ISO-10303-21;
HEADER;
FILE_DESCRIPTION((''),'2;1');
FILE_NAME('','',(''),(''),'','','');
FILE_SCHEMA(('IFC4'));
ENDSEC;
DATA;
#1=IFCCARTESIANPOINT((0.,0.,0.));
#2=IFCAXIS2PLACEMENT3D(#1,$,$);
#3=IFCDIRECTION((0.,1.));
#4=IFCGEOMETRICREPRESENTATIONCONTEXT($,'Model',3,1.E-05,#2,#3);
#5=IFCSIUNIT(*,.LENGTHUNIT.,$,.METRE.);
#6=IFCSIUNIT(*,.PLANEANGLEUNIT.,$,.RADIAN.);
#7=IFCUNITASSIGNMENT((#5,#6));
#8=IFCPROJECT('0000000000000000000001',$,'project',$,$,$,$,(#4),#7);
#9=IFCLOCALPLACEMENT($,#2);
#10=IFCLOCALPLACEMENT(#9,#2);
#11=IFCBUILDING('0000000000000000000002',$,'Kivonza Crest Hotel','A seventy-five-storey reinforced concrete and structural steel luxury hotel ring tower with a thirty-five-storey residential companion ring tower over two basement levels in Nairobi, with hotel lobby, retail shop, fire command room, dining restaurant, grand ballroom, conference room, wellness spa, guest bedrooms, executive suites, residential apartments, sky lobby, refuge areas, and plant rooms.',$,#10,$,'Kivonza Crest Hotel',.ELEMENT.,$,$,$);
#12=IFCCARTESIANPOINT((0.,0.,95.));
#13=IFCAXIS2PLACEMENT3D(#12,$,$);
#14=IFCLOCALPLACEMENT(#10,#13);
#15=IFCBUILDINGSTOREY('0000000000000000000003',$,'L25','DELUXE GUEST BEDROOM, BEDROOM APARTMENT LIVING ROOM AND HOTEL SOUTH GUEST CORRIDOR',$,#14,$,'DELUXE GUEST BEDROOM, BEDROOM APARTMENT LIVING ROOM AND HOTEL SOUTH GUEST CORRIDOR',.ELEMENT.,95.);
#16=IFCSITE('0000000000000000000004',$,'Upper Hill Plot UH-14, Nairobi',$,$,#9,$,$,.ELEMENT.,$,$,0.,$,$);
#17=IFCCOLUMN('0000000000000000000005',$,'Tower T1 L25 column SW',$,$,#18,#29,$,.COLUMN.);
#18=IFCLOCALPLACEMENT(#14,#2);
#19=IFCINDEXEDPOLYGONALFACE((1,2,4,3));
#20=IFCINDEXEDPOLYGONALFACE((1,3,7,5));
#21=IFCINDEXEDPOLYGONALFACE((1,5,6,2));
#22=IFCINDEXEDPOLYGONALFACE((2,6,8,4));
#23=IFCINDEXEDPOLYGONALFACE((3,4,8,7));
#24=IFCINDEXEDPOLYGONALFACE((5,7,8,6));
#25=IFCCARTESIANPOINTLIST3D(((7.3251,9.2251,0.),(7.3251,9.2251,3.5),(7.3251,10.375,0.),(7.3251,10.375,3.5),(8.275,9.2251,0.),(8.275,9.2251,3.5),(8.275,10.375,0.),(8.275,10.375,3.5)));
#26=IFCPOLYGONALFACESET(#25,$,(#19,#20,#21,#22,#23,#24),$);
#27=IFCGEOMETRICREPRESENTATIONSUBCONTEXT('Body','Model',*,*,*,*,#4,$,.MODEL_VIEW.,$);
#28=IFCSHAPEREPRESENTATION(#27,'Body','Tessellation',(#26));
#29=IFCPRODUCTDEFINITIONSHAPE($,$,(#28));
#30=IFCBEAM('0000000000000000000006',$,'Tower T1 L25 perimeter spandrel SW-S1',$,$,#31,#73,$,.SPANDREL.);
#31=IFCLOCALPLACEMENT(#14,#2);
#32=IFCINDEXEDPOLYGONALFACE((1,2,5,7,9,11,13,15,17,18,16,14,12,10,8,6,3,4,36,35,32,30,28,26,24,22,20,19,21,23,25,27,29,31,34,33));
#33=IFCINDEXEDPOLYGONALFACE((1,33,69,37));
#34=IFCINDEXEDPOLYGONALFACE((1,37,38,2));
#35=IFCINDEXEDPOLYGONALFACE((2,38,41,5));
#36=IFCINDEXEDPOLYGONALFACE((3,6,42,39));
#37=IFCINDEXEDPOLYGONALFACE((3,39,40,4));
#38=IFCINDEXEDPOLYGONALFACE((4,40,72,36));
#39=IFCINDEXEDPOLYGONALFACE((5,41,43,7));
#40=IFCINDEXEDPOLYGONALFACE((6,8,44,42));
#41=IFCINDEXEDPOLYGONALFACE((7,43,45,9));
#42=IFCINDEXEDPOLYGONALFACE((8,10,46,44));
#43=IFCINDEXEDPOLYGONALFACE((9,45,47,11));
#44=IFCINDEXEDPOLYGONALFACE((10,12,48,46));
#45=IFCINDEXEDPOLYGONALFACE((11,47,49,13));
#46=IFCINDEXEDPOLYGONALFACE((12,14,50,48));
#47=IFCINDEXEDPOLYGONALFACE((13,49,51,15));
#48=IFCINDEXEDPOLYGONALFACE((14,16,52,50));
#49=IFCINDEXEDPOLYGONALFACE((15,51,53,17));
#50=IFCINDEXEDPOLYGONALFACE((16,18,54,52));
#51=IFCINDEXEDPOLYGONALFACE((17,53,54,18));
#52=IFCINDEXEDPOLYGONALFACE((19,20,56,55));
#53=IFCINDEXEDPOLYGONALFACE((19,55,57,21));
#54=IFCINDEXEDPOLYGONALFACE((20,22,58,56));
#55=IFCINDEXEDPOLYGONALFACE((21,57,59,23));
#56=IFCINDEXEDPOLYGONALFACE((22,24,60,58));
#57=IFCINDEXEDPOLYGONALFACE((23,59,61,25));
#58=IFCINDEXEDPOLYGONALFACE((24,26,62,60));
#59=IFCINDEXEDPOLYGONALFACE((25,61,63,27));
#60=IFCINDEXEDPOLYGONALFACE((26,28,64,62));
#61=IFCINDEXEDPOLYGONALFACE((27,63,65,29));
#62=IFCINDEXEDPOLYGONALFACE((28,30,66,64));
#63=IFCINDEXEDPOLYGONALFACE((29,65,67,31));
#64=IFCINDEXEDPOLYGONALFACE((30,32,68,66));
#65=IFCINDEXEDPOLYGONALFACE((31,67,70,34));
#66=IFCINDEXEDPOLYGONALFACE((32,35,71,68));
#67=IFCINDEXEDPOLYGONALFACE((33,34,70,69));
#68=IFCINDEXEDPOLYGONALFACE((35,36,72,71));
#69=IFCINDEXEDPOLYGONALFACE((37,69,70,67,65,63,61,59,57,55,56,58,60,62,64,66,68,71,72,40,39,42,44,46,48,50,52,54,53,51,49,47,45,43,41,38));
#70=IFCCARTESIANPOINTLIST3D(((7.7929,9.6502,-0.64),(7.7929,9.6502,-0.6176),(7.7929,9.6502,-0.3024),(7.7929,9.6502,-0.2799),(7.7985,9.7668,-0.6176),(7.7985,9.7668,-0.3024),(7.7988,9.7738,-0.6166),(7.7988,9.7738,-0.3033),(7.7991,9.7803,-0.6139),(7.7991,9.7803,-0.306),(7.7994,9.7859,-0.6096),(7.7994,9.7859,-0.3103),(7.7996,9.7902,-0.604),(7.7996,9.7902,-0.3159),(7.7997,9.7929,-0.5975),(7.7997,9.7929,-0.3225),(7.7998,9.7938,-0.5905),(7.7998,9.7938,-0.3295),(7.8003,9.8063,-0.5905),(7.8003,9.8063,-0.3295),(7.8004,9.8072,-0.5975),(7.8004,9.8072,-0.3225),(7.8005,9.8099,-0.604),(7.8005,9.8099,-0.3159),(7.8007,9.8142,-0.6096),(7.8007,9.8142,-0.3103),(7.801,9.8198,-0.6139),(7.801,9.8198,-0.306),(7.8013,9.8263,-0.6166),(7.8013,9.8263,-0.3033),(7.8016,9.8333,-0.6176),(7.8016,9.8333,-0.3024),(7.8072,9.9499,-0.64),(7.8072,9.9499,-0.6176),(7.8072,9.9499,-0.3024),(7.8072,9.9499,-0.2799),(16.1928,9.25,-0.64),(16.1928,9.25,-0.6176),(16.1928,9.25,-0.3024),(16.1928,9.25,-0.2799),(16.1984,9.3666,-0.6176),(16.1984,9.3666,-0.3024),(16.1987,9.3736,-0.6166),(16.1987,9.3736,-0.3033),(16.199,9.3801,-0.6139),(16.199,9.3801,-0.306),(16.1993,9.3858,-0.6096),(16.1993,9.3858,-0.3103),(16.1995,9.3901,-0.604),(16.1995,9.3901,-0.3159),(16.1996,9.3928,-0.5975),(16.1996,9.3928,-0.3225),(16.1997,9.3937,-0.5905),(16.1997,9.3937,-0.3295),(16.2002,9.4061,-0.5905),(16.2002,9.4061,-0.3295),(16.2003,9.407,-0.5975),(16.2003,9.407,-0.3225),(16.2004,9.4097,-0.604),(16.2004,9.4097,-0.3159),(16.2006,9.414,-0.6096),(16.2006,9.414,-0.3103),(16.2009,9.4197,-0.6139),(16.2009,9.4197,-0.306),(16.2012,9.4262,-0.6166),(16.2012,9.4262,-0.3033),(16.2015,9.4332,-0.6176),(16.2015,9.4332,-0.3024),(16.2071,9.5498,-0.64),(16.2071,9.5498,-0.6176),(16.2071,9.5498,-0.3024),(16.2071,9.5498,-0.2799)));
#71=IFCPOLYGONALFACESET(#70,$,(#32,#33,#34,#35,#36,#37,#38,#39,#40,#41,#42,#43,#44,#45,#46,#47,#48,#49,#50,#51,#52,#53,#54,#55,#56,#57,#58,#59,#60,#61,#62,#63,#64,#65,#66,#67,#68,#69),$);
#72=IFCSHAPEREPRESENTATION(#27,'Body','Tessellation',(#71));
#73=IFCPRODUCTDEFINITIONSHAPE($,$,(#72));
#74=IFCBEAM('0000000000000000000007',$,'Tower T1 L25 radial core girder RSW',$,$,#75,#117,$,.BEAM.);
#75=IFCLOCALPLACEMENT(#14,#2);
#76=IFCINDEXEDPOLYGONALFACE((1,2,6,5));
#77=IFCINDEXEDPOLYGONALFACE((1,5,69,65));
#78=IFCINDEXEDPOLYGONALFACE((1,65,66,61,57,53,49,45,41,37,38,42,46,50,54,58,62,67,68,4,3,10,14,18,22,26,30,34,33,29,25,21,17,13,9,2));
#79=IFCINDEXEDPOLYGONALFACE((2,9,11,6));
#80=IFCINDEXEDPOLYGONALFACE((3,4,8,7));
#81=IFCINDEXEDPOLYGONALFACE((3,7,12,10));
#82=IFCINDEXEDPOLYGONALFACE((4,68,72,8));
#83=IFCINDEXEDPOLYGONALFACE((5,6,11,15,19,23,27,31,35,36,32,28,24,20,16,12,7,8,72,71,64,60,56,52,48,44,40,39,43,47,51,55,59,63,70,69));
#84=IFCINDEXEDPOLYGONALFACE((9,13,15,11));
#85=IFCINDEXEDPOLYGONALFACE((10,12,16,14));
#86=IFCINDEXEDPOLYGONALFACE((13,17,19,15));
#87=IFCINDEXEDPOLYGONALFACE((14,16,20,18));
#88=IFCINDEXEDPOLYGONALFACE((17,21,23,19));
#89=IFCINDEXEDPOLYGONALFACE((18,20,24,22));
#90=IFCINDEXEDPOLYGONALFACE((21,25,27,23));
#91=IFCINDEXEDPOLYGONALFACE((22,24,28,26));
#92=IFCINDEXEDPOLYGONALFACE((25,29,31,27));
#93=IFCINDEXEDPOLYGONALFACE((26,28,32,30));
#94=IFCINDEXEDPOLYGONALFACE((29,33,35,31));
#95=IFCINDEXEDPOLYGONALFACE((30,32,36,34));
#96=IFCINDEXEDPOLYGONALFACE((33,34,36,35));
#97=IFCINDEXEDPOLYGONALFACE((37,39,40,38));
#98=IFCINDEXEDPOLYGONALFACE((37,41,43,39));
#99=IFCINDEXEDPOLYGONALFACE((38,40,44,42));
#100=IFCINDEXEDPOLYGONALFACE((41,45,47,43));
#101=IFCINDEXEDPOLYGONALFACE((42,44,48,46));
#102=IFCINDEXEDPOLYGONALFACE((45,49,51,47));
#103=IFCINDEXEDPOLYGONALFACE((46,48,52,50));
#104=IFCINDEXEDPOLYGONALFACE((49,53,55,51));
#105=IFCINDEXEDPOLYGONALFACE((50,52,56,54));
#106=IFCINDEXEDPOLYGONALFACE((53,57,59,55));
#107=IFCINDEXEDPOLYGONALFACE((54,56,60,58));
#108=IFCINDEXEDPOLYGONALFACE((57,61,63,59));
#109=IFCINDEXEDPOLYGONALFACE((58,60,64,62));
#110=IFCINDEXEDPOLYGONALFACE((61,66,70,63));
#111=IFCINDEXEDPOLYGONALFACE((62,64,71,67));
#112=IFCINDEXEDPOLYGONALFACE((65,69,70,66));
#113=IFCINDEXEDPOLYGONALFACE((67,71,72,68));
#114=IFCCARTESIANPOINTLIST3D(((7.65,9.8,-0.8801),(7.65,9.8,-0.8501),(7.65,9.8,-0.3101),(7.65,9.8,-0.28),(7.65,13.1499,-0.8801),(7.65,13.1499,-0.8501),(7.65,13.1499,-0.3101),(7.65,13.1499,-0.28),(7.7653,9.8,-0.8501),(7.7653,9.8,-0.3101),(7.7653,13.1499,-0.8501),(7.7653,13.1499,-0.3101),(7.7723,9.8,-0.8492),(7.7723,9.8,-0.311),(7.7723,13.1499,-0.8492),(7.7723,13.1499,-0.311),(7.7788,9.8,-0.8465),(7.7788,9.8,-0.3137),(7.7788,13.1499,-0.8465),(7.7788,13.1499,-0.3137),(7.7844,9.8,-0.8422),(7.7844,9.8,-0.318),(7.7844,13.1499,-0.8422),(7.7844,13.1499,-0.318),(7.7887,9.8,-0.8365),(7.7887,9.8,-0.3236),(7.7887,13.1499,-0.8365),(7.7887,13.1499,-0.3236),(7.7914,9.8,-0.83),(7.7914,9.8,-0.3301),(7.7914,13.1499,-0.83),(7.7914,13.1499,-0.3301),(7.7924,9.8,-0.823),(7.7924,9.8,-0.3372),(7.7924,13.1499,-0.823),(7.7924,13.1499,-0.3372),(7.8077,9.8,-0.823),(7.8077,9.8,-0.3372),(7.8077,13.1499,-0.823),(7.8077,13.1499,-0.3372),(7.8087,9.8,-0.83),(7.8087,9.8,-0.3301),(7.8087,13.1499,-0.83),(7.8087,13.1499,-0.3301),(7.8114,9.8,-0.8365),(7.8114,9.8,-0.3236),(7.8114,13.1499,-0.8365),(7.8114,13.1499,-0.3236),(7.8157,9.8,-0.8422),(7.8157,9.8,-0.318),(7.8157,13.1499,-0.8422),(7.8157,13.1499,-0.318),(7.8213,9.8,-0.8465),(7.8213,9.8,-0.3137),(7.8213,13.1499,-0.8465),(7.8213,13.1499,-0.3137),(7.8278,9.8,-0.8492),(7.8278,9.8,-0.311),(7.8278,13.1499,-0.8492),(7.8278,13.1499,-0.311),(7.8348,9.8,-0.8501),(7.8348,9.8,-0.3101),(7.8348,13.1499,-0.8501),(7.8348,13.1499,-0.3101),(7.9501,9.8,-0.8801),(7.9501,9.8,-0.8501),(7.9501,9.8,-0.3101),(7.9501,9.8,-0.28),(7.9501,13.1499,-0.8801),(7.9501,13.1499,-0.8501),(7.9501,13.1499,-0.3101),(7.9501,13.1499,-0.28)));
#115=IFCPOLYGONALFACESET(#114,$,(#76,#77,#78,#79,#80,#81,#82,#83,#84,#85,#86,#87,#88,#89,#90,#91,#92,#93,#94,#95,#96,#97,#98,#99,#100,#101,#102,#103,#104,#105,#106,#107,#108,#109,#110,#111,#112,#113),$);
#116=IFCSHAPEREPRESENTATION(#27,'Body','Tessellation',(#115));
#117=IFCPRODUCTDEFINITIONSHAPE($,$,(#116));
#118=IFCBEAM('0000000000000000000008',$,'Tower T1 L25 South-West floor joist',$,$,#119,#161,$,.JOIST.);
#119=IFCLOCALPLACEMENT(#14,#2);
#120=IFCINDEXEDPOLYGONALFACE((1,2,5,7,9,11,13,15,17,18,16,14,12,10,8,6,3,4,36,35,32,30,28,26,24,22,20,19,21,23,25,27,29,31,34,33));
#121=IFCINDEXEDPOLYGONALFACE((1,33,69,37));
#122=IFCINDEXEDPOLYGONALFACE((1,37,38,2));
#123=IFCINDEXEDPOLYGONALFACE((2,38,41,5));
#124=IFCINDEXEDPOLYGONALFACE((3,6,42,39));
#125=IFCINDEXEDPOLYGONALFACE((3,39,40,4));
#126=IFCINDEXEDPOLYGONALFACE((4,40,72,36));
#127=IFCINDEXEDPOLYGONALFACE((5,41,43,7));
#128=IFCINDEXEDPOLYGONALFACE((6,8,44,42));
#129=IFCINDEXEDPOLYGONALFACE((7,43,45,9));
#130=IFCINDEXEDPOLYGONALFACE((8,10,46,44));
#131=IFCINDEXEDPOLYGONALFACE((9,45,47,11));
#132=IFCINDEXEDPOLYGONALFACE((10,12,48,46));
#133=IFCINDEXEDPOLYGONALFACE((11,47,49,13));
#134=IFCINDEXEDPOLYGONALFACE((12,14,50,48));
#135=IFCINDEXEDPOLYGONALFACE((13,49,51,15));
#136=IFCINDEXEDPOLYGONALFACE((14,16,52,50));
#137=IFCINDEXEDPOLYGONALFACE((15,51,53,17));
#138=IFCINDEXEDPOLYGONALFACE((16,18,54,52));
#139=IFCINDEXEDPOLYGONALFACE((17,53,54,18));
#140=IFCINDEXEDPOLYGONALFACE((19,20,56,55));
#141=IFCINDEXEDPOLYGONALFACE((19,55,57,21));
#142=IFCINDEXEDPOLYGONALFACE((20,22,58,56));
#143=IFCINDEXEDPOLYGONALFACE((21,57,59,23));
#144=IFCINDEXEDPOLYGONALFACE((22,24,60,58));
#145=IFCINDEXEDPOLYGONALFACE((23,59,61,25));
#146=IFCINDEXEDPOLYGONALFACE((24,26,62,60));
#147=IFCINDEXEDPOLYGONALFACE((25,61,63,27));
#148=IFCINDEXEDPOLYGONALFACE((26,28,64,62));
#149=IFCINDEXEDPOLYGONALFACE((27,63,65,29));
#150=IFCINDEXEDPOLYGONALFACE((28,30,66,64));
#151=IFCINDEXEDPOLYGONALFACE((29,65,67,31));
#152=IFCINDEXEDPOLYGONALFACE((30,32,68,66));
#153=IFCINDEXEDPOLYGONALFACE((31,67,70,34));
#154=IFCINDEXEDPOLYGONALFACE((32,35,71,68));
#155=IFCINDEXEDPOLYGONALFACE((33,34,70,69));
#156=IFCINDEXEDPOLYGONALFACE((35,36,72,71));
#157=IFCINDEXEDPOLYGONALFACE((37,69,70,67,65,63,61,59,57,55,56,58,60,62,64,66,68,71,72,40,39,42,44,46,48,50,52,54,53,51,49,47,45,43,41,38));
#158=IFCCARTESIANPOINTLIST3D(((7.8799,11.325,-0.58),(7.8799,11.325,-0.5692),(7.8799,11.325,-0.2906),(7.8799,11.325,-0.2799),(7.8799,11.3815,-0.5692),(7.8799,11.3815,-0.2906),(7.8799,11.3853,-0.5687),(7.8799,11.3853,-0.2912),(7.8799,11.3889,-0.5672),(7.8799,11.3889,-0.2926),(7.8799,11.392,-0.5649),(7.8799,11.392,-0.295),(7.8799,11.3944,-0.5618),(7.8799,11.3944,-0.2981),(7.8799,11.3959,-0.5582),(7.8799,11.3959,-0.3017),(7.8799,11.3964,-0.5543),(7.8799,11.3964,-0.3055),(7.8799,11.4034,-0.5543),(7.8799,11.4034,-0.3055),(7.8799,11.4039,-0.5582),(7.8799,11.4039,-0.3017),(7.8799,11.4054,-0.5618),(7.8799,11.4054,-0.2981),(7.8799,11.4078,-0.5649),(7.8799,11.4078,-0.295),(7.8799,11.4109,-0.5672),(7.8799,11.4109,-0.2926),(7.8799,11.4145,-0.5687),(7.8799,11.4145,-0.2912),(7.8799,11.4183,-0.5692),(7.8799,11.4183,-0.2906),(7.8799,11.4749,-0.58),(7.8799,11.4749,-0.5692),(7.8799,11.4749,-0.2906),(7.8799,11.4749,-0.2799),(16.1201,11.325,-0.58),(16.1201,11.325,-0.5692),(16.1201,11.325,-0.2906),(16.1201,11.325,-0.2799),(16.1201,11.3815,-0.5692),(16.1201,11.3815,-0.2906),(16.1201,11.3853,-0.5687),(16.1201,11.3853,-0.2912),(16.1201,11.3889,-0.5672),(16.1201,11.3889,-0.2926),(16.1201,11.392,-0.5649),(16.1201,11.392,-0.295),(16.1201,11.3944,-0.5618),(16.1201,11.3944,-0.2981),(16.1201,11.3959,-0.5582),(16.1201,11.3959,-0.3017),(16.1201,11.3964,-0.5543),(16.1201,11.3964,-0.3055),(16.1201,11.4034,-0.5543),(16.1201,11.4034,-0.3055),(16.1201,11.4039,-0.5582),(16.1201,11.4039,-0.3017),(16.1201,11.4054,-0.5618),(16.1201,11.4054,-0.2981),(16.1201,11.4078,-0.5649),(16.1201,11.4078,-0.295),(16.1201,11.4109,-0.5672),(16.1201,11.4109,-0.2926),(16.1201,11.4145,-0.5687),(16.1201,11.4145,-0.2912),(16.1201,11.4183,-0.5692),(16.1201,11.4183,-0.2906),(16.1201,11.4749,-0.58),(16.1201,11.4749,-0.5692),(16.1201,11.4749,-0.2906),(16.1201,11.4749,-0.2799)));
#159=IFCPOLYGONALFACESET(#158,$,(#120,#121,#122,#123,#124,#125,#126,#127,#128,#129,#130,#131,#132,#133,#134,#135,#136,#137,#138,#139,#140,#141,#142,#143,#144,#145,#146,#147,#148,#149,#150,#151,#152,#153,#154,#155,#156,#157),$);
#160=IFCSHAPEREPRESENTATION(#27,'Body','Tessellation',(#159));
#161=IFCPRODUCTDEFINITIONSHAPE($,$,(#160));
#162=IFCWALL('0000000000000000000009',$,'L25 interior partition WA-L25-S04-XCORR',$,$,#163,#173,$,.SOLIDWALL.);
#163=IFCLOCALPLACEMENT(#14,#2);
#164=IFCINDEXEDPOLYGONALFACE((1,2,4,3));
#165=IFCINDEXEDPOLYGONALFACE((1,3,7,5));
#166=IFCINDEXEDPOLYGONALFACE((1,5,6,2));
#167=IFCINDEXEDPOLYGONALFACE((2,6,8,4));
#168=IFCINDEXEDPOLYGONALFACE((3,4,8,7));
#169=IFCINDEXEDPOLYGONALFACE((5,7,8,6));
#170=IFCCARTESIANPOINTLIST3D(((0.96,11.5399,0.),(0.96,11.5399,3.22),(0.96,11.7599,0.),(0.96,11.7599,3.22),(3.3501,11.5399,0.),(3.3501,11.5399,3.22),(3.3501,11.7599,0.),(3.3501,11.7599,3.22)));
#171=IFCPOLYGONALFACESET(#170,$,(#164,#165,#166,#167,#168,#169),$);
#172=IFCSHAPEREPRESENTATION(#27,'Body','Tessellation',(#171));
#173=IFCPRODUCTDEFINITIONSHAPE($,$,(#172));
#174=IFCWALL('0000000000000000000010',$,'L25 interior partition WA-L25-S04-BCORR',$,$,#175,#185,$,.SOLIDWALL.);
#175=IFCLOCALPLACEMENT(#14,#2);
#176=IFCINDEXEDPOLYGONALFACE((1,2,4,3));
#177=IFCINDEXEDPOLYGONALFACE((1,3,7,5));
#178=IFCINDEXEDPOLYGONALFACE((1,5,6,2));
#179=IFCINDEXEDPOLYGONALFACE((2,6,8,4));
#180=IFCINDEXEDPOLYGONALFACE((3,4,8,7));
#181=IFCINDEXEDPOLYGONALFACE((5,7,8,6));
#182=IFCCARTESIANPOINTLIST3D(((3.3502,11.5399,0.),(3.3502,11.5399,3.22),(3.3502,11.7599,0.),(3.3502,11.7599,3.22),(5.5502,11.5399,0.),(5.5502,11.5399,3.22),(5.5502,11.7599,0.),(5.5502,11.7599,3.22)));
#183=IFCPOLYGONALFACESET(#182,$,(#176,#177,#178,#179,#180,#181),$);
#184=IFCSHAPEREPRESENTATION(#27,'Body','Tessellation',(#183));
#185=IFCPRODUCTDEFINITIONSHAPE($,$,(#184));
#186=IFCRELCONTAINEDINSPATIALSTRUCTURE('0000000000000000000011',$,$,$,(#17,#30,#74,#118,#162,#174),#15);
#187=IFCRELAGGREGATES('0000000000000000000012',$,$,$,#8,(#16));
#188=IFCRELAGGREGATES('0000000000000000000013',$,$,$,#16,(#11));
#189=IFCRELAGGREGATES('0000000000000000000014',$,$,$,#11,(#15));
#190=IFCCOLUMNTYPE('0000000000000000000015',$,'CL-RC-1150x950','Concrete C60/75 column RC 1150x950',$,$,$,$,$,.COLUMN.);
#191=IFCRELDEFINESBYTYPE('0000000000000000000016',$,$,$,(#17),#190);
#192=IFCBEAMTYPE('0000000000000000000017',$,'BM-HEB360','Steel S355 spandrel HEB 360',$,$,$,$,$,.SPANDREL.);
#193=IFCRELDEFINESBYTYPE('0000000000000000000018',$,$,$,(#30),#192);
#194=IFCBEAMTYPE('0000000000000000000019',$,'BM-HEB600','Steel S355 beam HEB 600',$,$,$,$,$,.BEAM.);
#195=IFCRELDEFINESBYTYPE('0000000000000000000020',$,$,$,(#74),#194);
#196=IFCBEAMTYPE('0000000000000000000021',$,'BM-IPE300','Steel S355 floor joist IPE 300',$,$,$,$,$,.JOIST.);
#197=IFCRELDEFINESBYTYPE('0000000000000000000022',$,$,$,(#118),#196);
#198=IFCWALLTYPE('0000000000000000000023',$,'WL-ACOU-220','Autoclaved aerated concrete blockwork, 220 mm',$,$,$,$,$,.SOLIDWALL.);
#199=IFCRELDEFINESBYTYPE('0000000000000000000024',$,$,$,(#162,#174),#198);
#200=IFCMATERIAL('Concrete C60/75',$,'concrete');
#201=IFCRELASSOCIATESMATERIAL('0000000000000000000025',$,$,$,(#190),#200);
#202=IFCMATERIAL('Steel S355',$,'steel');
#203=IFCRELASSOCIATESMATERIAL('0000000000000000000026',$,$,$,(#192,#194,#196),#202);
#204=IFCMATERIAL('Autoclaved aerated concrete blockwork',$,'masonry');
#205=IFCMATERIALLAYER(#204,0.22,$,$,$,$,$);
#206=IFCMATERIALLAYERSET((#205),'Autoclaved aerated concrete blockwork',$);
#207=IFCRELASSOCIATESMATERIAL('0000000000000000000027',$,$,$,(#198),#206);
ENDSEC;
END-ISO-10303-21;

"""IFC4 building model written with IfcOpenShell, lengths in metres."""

from ifc_helpers import new_model, si_unit, direction, frame, frame_2d, origin, origin_2d, place, context, subcontext, project, spatial, rectangle, i_section, extrude, material, layer, layer_set, material_profile, profile_set, type_object, element, save


model = new_model("IFC4")

# Units and contexts
model_context = context("Model", 3, precision=1e-05, world=origin(), true_north=direction((0.0, 1.0)))
body_context = subcontext(model_context, "Body", "Model", "MODEL_VIEW")
ifc_project = project(units=[si_unit("LENGTHUNIT", "METRE"), si_unit("PLANEANGLEUNIT", "RADIAN")], contexts=[model_context])

# Site, building, storey
site_placement = place(None, origin())
site = spatial("IfcSite", under=ifc_project, at=site_placement, Name="Upper Hill Plot UH-14, Nairobi", CompositionType="ELEMENT", RefElevation=0.0)
building_placement = place(site_placement, origin())
building = spatial("IfcBuilding", under=site, at=building_placement, Name="Kivonza Crest Hotel", Description="A seventy-five-storey reinforced concrete and structural steel luxury hotel ring tower with a thirty-five-storey residential companion ring tower over two basement levels in Nairobi, with hotel lobby, retail shop, fire command room, dining restaurant, grand ballroom, conference room, wellness spa, guest bedrooms, executive suites, residential apartments, sky lobby, refuge areas, and plant rooms.", LongName="Kivonza Crest Hotel", CompositionType="ELEMENT")
storey_placement = place(building_placement, frame((0.0, 0.0, 95.0)))
storey = spatial("IfcBuildingStorey", under=building, at=storey_placement, Name="L25", Description="DELUXE GUEST BEDROOM, BEDROOM APARTMENT LIVING ROOM AND HOTEL SOUTH GUEST CORRIDOR", LongName="DELUXE GUEST BEDROOM, BEDROOM APARTMENT LIVING ROOM AND HOTEL SOUTH GUEST CORRIDOR", CompositionType="ELEMENT", Elevation=95.0)

# Column
ifc_material_1 = material(Name="Concrete C60/75", Category="concrete")
ifc_material_profile_1 = material_profile(ifc_material_1, rectangle(XDim=0.95, YDim=1.1499, at=origin_2d()), Name="RC 1150x950")
ifc_profile_set_1 = profile_set([ifc_material_profile_1], Name="Concrete C60/75")
column_type = type_object("IfcColumnType", Name="CL-RC-1150x950", Description="Concrete C60/75 column RC 1150x950", PredefinedType="COLUMN", material=ifc_profile_set_1)
column_placement = place(storey_placement, frame((7.8, 9.8, 0.0), z_axis=(0.0, 0.0, 1.0), x_axis=(1.0, 0.0, 0.0)))
element("IfcColumn", 1, at=column_placement, inside=storey, type_object=column_type, Name="Tower T1 L25 column SW", PredefinedType="COLUMN", context=body_context, shape_type="SweptSolid", body=[
    extrude(rectangle(XDim=0.95, YDim=1.1499, at=origin_2d()), origin(), (0.0, 0.0, 1.0), 3.5),
])

# Beams
ifc_material_2 = material(Name="Steel S355", Category="steel")
ifc_material_profile_2 = material_profile(ifc_material_2, i_section(OverallWidth=0.3, OverallDepth=0.3601, WebThickness=0.0125, FlangeThickness=0.0225, FilletRadius=0.0271, at=origin_2d()), Name="HEB 360")
ifc_profile_set_2 = profile_set([ifc_material_profile_2], Name="Steel S355")
beam_type_1 = type_object("IfcBeamType", Name="BM-HEB360", Description="Steel S355 spandrel HEB 360", PredefinedType="SPANDREL", material=ifc_profile_set_2)
beam_1_placement = place(storey_placement, frame((7.8, 9.8, -0.46), z_axis=(0.998867, -0.047583, 0.0), x_axis=(0.047583, 0.998867, 0.0)))
element("IfcBeam", 2, at=beam_1_placement, inside=storey, type_object=beam_type_1, Name="Tower T1 L25 perimeter spandrel SW-S1", PredefinedType="SPANDREL", context=body_context, shape_type="SweptSolid", body=[
    extrude(i_section(OverallWidth=0.3, OverallDepth=0.3601, WebThickness=0.0125, FlangeThickness=0.0225, FilletRadius=0.0271, at=origin_2d()), origin(), (0.0, 0.0, 1.0), 8.4094),
])
ifc_material_profile_3 = material_profile(ifc_material_2, i_section(OverallWidth=0.3, OverallDepth=0.6001, WebThickness=0.0154, FlangeThickness=0.03, FilletRadius=0.0271, at=origin_2d()), Name="HEB 600")
ifc_profile_set_3 = profile_set([ifc_material_profile_3], Name="Steel S355")
beam_type_2 = type_object("IfcBeamType", Name="BM-HEB600", Description="Steel S355 beam HEB 600", PredefinedType="BEAM", material=ifc_profile_set_3)
beam_2_placement = place(storey_placement, frame((7.8, 9.8, -0.5801), z_axis=(0.0, 1.0, 0.0), x_axis=(-1.0, 0.0, 0.0)))
element("IfcBeam", 3, at=beam_2_placement, inside=storey, type_object=beam_type_2, Name="Tower T1 L25 radial core girder RSW", PredefinedType="BEAM", context=body_context, shape_type="SweptSolid", body=[
    extrude(i_section(OverallWidth=0.3, OverallDepth=0.6001, WebThickness=0.0154, FlangeThickness=0.03, FilletRadius=0.0271, at=origin_2d()), origin(), (0.0, 0.0, 1.0), 3.3499),
])
ifc_material_profile_4 = material_profile(ifc_material_2, i_section(OverallWidth=0.1499, OverallDepth=0.3, WebThickness=0.0071, FlangeThickness=0.0107, FilletRadius=0.0149, at=origin_2d()), Name="IPE 300")
ifc_profile_set_4 = profile_set([ifc_material_profile_4], Name="Steel S355")
beam_type_3 = type_object("IfcBeamType", Name="BM-IPE300", Description="Steel S355 floor joist IPE 300", PredefinedType="JOIST", material=ifc_profile_set_4)
beam_3_placement = place(storey_placement, frame((7.8799, 11.3999, -0.4299), z_axis=(1.0, 0.0, 0.0), x_axis=(0.0, 1.0, 0.0)))
element("IfcBeam", 4, at=beam_3_placement, inside=storey, type_object=beam_type_3, Name="Tower T1 L25 South-West floor joist", PredefinedType="JOIST", context=body_context, shape_type="SweptSolid", body=[
    extrude(i_section(OverallWidth=0.1499, OverallDepth=0.3, WebThickness=0.0071, FlangeThickness=0.0107, FilletRadius=0.0149, at=origin_2d()), origin(), (0.0, 0.0, 1.0), 8.2402),
])

# Walls
ifc_material_3 = material(Name="Autoclaved aerated concrete blockwork", Category="masonry")
ifc_layer_1 = layer(ifc_material_3, 0.22)
ifc_layer_set_1 = layer_set([ifc_layer_1], Name="Autoclaved aerated concrete blockwork")
wall_type_1 = type_object("IfcWallType", Name="WL-ACOU-220", Description="Autoclaved aerated concrete blockwork, 220 mm", PredefinedType="SOLIDWALL", material=ifc_layer_set_1)
wall_1_placement = place(storey_placement, frame((0.96, 11.6499, 0.0), z_axis=(0.0, 0.0, 1.0), x_axis=(1.0, 0.0, 0.0)))
element("IfcWall", 5, at=wall_1_placement, inside=storey, type_object=wall_type_1, Name="L25 interior partition WA-L25-S04-XCORR", PredefinedType="SOLIDWALL", context=body_context, shape_type="SweptSolid", body=[
    extrude(rectangle(XDim=2.3901, YDim=0.22, at=frame_2d((1.1951, 0.0))), origin(), (0.0, 0.0, 1.0), 3.22),
])
wall_2_placement = place(storey_placement, frame((3.3501, 11.6499, 0.0), z_axis=(0.0, 0.0, 1.0), x_axis=(1.0, 0.0, 0.0)))
element("IfcWall", 6, at=wall_2_placement, inside=storey, type_object=wall_type_1, Name="L25 interior partition WA-L25-S04-BCORR", PredefinedType="SOLIDWALL", context=body_context, shape_type="SweptSolid", body=[
    extrude(rectangle(XDim=2.2, YDim=0.22, at=frame_2d((1.1001, 0.0))), origin(), (0.0, 0.0, 1.0), 3.22),
])

save(model, "model.ifc")
